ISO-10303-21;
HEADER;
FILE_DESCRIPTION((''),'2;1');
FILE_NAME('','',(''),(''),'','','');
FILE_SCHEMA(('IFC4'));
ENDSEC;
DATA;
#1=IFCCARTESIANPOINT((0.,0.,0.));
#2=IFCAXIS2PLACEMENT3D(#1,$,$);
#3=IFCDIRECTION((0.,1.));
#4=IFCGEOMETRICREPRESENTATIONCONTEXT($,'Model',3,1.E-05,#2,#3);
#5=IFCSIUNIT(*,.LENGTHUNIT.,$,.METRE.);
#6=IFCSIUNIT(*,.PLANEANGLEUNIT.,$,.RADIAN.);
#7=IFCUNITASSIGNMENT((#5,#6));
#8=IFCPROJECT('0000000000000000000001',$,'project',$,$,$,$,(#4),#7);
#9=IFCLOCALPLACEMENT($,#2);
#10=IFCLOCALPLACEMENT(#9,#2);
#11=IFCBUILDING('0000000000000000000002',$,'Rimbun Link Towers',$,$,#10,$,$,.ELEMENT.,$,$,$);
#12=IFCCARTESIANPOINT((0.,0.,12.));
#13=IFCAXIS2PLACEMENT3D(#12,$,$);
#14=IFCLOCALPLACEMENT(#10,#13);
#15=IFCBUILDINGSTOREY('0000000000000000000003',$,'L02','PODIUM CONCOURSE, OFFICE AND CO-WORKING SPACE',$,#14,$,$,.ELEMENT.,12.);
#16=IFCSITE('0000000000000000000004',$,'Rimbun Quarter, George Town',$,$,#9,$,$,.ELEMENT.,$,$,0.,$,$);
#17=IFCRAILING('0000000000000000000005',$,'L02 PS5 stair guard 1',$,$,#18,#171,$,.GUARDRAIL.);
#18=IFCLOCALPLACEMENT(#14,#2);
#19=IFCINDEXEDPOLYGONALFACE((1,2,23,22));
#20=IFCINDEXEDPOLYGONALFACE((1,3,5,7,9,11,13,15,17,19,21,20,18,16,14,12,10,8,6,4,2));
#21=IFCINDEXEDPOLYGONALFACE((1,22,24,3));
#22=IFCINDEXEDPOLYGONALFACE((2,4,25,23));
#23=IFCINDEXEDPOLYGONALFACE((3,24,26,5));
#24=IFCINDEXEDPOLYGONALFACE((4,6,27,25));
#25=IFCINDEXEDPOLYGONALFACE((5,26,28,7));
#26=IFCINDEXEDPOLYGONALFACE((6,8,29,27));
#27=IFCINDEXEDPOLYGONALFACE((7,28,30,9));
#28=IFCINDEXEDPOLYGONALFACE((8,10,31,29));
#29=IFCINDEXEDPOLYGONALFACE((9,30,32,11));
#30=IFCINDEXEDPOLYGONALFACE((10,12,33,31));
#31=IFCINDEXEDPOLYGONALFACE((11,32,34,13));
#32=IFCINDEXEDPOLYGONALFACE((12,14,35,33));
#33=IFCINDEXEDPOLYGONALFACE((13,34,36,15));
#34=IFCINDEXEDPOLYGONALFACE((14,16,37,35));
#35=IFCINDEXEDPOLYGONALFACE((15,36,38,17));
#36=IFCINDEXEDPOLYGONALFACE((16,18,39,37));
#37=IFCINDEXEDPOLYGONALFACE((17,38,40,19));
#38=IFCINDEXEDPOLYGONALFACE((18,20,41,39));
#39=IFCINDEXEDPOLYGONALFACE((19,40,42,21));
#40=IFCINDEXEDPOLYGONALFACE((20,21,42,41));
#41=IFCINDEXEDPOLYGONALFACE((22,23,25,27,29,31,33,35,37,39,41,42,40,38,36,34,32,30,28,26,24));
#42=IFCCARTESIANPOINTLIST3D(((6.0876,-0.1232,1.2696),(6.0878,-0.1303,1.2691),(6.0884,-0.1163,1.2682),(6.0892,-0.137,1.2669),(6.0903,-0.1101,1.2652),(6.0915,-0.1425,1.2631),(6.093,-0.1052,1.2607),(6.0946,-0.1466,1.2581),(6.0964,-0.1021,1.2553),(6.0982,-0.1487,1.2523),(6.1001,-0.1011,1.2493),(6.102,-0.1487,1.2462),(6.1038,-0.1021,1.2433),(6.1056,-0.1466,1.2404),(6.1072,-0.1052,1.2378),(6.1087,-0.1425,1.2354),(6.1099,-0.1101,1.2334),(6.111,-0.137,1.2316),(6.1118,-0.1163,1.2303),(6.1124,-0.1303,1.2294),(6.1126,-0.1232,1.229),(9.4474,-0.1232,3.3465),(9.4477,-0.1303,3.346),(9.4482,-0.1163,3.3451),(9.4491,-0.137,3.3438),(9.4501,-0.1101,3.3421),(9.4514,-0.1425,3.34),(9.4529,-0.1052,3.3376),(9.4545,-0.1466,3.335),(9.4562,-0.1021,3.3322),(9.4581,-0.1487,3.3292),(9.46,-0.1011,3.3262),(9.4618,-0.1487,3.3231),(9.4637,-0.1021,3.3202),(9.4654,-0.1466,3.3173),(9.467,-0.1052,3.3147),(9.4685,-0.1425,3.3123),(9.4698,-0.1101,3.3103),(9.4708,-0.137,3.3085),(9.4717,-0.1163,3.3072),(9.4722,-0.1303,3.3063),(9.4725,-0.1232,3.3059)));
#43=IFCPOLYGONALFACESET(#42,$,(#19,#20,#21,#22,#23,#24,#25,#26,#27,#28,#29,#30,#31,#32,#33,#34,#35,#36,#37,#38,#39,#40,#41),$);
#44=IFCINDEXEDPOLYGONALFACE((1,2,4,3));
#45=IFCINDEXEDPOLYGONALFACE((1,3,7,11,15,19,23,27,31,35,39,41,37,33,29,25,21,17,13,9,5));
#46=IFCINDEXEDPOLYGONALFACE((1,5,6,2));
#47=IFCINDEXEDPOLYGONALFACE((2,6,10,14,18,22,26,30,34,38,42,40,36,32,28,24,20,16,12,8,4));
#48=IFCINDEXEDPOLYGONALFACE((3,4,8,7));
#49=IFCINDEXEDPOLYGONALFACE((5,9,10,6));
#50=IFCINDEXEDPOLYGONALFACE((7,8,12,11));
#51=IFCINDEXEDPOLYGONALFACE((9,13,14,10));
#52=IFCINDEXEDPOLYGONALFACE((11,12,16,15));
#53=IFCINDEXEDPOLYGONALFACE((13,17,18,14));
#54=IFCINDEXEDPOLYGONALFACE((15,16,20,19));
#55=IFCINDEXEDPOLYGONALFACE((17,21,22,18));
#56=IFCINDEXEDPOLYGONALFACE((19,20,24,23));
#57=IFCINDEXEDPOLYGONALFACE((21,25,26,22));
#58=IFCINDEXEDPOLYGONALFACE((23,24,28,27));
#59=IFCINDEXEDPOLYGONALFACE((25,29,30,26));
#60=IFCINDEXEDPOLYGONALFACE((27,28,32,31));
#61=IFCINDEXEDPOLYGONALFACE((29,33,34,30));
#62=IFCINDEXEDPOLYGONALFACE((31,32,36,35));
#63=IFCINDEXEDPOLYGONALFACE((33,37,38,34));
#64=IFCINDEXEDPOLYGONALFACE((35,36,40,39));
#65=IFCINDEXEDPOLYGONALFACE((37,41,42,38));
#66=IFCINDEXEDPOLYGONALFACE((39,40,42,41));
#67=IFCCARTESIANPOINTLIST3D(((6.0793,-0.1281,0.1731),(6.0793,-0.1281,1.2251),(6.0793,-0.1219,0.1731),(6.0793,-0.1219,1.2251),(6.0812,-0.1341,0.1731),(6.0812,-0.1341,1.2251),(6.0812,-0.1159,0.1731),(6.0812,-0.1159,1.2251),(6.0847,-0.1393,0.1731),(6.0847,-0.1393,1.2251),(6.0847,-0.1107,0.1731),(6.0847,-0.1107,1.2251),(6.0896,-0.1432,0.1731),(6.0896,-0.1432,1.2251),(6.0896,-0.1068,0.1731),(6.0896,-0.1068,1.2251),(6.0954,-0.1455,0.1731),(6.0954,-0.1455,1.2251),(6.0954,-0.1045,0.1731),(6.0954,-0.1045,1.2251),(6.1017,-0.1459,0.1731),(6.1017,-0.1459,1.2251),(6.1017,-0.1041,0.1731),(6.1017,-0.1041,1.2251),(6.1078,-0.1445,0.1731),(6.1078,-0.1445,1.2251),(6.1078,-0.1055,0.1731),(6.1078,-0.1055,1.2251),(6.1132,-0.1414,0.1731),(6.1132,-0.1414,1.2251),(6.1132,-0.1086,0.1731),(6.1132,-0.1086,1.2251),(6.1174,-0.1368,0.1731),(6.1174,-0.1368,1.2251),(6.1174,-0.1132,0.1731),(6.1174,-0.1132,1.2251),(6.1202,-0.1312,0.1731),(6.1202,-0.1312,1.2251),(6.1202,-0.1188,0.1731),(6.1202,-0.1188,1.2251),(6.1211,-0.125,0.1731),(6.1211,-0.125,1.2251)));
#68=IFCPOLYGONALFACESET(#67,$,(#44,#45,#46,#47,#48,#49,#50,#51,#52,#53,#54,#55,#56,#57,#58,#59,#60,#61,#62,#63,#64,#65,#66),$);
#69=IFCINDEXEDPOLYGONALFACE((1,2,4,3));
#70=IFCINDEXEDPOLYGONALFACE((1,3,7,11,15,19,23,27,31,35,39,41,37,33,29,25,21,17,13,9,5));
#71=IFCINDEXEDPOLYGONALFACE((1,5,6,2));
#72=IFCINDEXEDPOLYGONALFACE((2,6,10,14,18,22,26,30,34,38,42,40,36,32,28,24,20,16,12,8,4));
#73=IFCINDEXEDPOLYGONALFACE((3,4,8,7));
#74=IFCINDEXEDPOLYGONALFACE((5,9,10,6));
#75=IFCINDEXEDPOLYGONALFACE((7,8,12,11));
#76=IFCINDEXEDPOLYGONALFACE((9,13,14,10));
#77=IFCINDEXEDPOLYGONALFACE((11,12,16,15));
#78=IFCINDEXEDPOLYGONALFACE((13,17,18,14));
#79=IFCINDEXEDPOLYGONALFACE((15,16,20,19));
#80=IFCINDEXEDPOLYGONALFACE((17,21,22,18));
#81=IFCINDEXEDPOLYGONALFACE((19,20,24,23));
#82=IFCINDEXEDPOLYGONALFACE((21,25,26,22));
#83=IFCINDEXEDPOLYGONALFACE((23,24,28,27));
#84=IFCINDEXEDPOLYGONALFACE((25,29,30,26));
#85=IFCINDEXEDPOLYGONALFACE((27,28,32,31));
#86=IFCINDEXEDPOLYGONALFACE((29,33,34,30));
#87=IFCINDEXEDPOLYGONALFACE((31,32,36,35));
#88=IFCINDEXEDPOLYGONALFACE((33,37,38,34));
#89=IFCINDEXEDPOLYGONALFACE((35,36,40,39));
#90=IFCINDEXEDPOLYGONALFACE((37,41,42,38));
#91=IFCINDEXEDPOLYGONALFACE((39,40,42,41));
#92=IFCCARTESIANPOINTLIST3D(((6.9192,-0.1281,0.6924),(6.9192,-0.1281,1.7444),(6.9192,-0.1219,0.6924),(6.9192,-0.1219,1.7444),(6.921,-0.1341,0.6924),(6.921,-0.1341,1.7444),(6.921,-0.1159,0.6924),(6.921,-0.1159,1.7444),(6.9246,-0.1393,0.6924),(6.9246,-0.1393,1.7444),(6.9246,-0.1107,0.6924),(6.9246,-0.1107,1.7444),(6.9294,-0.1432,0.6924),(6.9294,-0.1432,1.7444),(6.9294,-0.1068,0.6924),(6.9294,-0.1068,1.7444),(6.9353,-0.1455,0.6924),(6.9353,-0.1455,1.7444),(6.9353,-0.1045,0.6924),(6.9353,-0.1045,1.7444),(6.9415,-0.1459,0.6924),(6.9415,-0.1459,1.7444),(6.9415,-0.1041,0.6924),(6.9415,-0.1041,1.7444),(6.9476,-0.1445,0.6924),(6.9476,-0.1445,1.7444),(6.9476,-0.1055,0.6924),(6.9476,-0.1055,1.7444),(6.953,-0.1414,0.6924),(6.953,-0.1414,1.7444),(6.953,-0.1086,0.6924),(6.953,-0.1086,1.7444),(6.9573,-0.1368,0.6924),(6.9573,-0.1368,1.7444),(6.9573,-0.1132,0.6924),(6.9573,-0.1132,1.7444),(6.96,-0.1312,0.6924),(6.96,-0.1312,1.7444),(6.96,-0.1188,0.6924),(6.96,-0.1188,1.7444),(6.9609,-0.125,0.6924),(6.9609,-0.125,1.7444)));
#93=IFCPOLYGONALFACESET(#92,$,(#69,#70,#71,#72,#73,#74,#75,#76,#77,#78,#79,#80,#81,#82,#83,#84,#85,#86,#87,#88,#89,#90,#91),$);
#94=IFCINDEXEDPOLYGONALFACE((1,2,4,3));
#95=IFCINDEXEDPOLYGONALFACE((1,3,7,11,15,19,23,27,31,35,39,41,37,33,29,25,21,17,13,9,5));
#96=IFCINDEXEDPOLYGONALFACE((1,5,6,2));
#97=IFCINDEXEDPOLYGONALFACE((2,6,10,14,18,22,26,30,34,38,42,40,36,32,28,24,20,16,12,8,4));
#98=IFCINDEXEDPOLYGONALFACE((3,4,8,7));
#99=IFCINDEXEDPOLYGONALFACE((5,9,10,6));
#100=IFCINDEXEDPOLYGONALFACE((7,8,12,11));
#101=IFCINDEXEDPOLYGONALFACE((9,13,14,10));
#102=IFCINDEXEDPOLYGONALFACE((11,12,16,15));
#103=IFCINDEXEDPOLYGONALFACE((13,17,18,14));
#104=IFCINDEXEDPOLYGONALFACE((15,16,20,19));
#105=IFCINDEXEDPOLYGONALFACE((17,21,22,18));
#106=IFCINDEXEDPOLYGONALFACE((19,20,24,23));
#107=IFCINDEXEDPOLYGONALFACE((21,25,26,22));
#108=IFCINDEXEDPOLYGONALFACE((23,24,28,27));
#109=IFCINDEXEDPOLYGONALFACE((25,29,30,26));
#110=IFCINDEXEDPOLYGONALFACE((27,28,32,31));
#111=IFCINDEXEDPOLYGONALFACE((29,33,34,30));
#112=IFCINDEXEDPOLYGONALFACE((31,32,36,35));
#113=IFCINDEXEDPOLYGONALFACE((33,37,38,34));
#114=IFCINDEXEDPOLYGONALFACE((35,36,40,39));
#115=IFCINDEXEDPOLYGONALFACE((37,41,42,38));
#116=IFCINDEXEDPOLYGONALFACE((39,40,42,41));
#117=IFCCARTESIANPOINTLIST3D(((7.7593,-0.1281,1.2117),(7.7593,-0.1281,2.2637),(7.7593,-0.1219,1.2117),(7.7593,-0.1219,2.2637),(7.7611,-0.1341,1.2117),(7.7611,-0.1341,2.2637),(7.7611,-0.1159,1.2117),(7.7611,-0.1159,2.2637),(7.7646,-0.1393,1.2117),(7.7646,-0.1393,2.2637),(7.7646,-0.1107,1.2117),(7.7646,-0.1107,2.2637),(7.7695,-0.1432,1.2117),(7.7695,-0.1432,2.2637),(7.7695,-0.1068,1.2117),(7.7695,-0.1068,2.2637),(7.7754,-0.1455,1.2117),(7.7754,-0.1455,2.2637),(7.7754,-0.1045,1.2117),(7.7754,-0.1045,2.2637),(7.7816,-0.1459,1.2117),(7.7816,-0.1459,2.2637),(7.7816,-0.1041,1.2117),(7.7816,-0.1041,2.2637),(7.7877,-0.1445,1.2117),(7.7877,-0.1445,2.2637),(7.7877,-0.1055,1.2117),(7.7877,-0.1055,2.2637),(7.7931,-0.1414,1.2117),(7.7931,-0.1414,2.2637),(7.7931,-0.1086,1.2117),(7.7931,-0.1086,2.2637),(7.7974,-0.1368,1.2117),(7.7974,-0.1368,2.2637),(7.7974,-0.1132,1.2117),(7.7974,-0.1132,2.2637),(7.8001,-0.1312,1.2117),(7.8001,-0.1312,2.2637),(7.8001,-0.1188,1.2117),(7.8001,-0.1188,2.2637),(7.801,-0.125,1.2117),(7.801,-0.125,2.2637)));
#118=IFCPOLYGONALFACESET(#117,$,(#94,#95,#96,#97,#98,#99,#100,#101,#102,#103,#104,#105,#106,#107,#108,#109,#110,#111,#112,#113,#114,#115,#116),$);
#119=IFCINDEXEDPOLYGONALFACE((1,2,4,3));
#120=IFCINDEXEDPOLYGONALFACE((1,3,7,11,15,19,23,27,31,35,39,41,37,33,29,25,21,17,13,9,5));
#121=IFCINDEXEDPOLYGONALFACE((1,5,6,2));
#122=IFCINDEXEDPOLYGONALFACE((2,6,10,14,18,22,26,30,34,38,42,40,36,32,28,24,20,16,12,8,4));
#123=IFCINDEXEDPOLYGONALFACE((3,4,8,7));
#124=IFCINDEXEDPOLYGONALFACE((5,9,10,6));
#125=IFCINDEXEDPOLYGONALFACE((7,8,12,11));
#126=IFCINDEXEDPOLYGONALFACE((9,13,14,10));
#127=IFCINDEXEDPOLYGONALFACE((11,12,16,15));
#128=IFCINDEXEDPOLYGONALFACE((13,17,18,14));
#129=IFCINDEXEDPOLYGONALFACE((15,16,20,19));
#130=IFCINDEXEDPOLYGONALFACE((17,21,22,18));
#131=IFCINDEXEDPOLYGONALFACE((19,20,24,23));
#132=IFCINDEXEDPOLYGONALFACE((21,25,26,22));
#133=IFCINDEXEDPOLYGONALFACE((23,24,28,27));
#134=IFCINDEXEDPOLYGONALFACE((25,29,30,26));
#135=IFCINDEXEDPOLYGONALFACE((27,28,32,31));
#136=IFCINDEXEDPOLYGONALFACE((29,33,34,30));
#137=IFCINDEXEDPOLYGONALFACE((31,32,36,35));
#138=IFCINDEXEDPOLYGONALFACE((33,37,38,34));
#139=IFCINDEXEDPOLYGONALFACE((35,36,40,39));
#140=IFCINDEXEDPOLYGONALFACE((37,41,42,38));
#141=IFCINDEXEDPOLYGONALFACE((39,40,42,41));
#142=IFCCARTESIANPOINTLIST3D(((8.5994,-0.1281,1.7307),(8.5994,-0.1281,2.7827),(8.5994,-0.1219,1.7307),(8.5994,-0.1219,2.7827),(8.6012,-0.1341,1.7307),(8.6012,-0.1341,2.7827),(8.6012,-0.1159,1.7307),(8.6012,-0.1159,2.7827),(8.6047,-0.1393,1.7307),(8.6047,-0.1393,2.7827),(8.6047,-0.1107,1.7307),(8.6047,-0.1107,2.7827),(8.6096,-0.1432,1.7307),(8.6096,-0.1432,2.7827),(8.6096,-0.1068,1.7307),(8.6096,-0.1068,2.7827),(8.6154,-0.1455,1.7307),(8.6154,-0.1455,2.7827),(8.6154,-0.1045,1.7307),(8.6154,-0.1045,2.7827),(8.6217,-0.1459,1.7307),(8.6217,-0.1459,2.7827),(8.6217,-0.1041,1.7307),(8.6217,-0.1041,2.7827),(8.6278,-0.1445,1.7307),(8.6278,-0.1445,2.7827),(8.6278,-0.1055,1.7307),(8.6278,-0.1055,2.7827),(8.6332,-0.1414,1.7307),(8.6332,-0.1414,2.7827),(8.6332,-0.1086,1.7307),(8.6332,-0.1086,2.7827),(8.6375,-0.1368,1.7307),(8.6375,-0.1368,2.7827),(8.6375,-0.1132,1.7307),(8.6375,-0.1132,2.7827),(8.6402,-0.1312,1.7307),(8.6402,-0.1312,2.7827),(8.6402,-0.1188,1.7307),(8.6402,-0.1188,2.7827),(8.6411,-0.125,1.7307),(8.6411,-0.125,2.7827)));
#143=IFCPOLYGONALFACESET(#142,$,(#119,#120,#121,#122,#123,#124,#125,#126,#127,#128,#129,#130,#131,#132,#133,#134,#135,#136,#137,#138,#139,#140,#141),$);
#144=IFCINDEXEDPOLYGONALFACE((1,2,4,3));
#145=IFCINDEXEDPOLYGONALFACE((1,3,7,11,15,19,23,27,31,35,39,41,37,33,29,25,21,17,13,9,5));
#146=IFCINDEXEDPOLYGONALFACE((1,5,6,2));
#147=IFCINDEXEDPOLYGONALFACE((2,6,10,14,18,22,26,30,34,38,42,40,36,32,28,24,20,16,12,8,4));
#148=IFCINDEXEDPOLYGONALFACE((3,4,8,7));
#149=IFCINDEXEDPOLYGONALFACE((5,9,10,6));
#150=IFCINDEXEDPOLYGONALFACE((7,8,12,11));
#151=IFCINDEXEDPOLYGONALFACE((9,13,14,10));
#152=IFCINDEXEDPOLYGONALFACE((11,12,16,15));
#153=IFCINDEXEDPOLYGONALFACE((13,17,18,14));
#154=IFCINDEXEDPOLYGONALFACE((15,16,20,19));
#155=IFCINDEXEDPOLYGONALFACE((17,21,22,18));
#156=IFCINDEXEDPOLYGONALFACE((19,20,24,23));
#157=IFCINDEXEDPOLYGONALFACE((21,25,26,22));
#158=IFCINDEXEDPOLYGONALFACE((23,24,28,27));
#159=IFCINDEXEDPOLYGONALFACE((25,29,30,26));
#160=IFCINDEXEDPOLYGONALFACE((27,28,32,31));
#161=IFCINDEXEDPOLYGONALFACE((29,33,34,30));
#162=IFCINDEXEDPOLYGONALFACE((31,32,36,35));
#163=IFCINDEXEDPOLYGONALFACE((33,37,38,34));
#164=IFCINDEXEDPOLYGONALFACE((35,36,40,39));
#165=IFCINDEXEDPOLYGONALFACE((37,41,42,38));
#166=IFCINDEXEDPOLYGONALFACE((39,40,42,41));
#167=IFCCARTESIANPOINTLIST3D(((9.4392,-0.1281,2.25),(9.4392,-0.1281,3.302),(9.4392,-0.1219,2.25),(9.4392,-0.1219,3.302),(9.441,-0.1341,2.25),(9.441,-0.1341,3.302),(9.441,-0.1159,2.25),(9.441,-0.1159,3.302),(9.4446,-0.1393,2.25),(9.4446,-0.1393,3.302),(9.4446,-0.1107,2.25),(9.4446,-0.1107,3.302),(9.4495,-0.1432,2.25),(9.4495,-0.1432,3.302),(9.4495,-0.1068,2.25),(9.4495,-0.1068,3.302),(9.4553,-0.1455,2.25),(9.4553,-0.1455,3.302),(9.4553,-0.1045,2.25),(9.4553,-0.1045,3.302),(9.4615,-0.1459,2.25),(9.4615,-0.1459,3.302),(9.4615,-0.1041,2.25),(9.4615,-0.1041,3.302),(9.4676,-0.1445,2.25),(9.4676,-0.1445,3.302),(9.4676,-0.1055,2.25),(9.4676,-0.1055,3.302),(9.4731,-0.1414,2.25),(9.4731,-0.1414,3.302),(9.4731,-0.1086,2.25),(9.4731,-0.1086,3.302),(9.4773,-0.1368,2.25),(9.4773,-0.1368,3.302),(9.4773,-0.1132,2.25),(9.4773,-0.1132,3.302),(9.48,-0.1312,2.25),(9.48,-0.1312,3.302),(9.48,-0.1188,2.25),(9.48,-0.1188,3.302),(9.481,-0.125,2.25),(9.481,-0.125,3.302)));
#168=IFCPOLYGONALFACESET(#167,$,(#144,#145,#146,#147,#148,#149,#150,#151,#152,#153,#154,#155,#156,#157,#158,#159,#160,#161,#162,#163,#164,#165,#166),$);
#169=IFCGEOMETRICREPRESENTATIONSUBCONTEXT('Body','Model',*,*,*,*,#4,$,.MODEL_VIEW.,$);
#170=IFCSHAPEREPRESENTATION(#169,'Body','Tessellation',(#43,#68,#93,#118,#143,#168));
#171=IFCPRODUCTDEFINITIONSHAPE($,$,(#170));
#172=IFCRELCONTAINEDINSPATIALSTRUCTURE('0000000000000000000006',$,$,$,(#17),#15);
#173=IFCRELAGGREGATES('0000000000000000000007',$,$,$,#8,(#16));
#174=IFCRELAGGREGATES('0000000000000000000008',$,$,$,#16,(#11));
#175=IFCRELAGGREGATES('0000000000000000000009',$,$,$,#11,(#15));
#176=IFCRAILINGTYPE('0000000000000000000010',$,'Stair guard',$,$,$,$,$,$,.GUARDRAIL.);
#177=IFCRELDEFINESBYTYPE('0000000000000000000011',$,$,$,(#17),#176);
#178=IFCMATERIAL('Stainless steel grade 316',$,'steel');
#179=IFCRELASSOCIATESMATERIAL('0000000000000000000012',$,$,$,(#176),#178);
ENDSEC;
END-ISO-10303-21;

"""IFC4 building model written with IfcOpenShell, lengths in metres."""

from ifc_helpers import new_model, si_unit, direction, frame, origin, origin_2d, place, context, subcontext, project, spatial, circle, extrude, material, type_object, element, save


model = new_model("IFC4")

# Units and contexts
model_context = context("Model", 3, precision=1e-05, world=origin(), true_north=direction((0.0, 1.0)))
body_context = subcontext(model_context, "Body", "Model", "MODEL_VIEW")
ifc_project = project(units=[si_unit("LENGTHUNIT", "METRE"), si_unit("PLANEANGLEUNIT", "RADIAN")], contexts=[model_context])

# Site, building, storey
site_placement = place(None, origin())
site = spatial("IfcSite", under=ifc_project, at=site_placement, Name="Rimbun Quarter, George Town", CompositionType="ELEMENT", RefElevation=0.0)
building_placement = place(site_placement, origin())
building = spatial("IfcBuilding", under=site, at=building_placement, Name="Rimbun Link Towers", CompositionType="ELEMENT")
storey_placement = place(building_placement, frame((0.0, 0.0, 12.0)))
storey = spatial("IfcBuildingStorey", under=building, at=storey_placement, Name="L02", Description="PODIUM CONCOURSE, OFFICE AND CO-WORKING SPACE", CompositionType="ELEMENT", Elevation=12.0)

# Railing
ifc_material_1 = material(Name="Stainless steel grade 316", Category="steel")
railing_type_1 = type_object("IfcRailingType", Name="Stair guard", PredefinedType="GUARDRAIL", material=ifc_material_1)
railing_1_placement = place(storey_placement, frame((6.1001, -0.125, 0.1731)))
element("IfcRailing", 1, at=railing_1_placement, inside=storey, type_object=railing_type_1, Name="L02 PS5 stair guard 1", PredefinedType="GUARDRAIL", context=body_context, shape_type="SweptSolid", body=[
    extrude(circle(Radius=0.0239, at=origin_2d()), frame((0.0, 0.0, 1.0762), z_axis=(0.850606, 0.0, 0.525803), x_axis=(0.0, 1.0, 0.0)), (0.0, 0.0, 1.0), 3.95),
    extrude(circle(Radius=0.021, at=origin_2d()), origin(), (0.0, 0.0, 1.0), 1.052),
    extrude(circle(Radius=0.021, at=origin_2d()), frame((0.8398, 0.0, 0.5193)), (0.0, 0.0, 1.0), 1.052),
    extrude(circle(Radius=0.021, at=origin_2d()), frame((1.6799, 0.0, 1.0386)), (0.0, 0.0, 1.0), 1.052),
    extrude(circle(Radius=0.021, at=origin_2d()), frame((2.52, 0.0, 1.5576)), (0.0, 0.0, 1.0), 1.052),
    extrude(circle(Radius=0.021, at=origin_2d()), frame((3.3599, 0.0, 2.0769)), (0.0, 0.0, 1.0), 1.052),
])

save(model, "model.ifc")
